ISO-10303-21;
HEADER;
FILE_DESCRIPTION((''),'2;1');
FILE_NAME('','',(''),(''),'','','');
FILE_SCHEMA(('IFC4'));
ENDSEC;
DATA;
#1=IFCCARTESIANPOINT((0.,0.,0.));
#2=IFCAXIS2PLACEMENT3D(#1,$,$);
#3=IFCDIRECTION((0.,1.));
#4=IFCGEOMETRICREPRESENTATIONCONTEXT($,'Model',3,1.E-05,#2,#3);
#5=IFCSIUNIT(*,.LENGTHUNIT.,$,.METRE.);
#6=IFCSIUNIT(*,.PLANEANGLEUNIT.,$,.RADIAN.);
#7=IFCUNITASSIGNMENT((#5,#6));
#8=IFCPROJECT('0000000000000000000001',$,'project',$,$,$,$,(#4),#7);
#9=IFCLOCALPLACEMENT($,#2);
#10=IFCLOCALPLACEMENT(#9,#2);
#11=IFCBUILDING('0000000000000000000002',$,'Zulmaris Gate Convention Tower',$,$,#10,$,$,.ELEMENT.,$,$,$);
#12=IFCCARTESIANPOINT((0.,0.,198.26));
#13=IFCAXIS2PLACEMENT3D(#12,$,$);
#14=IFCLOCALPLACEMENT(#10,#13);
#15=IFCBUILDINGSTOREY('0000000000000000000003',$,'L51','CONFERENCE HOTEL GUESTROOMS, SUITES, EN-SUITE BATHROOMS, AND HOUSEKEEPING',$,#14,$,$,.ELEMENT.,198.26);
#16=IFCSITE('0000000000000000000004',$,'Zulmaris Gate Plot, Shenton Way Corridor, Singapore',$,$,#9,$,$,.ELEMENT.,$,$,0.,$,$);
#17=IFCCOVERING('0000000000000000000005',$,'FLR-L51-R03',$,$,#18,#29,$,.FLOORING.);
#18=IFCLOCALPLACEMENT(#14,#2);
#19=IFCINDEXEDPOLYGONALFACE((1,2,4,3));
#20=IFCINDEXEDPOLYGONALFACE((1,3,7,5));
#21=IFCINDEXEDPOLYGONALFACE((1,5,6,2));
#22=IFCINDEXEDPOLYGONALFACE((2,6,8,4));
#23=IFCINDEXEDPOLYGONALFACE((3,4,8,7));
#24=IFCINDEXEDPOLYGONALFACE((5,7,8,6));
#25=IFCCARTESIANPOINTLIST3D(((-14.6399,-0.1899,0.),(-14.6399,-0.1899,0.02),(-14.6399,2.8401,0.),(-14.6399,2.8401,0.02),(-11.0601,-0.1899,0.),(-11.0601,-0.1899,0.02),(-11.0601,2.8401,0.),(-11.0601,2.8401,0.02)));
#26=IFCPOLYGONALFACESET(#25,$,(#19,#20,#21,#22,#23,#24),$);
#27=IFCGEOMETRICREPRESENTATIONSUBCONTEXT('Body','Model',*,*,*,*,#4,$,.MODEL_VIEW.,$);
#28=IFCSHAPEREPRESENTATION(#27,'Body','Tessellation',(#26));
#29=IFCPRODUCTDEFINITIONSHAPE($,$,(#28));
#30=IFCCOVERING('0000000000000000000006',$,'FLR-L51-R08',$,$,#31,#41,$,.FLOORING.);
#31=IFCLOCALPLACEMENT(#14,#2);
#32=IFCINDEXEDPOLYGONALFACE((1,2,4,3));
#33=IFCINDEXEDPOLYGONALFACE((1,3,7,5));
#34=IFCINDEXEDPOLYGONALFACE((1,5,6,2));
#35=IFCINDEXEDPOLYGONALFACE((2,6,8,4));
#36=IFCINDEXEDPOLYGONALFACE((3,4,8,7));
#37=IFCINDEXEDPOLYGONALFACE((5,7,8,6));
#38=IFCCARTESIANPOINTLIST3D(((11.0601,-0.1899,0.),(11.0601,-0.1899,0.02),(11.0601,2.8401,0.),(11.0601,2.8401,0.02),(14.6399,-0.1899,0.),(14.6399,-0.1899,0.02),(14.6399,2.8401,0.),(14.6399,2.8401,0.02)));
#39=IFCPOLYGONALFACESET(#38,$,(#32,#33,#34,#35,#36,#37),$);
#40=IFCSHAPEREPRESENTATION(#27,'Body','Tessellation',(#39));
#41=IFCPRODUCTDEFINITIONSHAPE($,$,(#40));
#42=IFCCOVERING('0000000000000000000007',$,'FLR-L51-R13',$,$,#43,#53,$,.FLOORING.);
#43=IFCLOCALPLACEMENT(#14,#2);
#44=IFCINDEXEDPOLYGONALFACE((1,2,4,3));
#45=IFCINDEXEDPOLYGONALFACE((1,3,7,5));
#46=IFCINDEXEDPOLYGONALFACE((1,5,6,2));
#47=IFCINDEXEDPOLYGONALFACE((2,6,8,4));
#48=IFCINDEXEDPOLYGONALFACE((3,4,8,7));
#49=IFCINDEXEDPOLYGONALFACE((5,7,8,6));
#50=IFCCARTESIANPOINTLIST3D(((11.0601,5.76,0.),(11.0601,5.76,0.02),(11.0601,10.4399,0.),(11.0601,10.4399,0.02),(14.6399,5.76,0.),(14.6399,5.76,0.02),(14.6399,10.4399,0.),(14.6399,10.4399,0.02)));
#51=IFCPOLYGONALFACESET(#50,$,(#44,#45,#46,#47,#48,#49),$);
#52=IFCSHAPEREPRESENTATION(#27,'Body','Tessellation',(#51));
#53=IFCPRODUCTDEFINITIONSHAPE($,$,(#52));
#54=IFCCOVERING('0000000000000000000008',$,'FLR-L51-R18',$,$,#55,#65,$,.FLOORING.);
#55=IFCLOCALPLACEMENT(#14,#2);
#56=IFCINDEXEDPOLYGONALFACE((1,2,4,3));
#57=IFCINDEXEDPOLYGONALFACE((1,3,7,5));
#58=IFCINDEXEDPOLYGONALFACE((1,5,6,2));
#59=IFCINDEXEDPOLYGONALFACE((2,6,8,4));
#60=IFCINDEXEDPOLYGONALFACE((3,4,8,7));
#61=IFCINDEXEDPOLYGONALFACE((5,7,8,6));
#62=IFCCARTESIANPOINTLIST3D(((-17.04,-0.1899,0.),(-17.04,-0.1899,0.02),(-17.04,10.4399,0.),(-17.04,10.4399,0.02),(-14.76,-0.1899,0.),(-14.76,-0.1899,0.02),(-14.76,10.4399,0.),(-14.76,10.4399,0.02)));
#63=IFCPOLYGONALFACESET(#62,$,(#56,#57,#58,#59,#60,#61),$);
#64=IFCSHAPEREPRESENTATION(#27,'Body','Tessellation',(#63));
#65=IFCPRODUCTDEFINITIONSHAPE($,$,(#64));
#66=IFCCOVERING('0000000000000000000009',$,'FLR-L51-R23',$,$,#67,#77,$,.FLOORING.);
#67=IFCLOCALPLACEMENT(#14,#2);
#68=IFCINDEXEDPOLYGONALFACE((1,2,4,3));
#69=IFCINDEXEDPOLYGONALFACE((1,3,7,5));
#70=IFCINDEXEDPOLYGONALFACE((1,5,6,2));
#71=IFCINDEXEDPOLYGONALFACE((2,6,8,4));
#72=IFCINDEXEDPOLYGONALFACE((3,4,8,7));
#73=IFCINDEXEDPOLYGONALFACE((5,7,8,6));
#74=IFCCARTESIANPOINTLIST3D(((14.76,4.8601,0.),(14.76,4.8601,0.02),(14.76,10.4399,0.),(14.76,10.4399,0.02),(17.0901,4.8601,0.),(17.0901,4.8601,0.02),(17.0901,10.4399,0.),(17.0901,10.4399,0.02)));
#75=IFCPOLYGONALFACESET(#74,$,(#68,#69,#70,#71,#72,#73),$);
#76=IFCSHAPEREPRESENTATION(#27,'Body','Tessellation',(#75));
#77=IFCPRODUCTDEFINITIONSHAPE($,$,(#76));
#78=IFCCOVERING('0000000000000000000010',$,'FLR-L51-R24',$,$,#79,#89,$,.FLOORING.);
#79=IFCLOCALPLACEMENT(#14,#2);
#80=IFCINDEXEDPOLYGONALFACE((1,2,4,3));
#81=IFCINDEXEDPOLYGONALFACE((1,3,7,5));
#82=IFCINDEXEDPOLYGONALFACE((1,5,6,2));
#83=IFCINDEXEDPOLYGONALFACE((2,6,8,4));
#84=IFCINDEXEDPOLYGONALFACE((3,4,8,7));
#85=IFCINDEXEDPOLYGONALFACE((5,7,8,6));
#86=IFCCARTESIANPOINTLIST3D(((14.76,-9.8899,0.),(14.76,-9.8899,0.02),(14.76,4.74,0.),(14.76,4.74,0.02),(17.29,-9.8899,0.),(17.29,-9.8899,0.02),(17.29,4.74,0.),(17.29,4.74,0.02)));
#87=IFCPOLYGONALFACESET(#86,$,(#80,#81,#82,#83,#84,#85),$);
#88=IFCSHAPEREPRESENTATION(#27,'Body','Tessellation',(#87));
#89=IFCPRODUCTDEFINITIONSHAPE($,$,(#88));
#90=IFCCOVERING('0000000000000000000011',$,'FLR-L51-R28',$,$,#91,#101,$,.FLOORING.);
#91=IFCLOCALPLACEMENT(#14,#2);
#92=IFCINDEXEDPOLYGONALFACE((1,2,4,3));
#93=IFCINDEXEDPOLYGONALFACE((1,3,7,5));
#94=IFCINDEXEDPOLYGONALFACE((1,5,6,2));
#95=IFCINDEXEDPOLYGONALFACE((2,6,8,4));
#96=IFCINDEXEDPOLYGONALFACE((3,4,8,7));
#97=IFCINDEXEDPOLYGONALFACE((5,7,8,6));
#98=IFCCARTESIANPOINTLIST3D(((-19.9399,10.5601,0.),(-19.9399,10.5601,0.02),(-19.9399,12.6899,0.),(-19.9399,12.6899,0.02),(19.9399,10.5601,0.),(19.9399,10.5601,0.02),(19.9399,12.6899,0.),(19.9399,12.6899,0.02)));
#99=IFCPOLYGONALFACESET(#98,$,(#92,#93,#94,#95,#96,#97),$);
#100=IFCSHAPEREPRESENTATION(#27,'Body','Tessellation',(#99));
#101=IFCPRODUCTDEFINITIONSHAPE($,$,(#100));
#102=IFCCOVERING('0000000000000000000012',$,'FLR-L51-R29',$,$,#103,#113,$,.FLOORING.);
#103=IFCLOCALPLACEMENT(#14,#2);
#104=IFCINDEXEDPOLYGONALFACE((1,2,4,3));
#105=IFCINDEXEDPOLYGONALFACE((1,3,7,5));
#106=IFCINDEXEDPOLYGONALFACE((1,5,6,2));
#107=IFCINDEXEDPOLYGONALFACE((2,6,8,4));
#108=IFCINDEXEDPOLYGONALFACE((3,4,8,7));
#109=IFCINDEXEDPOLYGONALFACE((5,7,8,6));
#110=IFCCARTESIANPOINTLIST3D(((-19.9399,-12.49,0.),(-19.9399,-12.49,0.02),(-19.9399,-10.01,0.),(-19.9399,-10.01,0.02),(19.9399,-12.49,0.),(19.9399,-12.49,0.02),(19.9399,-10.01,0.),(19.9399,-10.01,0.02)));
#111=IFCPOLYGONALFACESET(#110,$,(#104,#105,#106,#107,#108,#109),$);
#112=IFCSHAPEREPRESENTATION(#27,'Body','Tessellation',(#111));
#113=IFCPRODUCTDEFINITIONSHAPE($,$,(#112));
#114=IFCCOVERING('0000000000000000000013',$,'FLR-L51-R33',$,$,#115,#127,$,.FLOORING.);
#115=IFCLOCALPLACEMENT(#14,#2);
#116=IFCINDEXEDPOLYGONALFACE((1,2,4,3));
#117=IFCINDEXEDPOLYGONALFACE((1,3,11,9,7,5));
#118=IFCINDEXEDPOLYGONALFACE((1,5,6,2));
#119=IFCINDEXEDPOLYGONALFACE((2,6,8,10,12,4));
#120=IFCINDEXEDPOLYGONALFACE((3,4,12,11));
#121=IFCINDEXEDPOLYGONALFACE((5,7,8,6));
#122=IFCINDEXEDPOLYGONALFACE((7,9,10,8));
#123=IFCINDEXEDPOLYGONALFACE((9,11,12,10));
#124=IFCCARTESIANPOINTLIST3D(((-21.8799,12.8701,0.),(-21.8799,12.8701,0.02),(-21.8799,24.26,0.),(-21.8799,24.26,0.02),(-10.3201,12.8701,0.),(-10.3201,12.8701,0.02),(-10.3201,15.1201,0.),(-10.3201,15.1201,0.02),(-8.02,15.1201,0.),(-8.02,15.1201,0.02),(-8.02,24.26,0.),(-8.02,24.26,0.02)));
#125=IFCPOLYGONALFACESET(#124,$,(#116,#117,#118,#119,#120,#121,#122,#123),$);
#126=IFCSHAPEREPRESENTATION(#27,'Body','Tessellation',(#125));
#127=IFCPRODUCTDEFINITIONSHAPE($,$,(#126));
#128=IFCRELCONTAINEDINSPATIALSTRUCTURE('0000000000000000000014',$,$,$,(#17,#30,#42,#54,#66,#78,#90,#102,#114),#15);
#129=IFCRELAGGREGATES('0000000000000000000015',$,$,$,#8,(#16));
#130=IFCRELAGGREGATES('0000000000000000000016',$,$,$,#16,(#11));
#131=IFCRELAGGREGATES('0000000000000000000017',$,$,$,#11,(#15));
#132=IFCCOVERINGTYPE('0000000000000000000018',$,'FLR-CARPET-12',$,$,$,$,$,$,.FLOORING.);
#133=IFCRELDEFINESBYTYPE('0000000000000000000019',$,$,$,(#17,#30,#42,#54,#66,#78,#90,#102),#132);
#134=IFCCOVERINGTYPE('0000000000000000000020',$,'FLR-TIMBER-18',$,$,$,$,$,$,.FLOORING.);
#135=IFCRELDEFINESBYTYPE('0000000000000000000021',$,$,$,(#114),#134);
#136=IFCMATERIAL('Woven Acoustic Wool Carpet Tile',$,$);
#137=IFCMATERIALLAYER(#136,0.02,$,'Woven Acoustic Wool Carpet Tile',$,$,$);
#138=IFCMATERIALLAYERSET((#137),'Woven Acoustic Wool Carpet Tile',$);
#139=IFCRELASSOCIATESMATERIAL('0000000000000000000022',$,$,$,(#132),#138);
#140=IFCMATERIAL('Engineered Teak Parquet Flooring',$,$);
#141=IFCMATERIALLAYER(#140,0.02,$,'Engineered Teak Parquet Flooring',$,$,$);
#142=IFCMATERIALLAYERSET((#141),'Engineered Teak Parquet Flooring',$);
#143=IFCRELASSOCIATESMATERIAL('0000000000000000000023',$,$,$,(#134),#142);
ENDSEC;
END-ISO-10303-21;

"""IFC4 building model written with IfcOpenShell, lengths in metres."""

from ifc_helpers import new_model, si_unit, direction, frame, origin, place, context, subcontext, project, spatial, polyline, outline, extrude, material, layer, layer_set, type_object, element, save


model = new_model("IFC4")

# Units and contexts
model_context = context("Model", 3, precision=1e-05, world=origin(), true_north=direction((0.0, 1.0)))
body_context = subcontext(model_context, "Body", "Model", "MODEL_VIEW")
ifc_project = project(units=[si_unit("LENGTHUNIT", "METRE"), si_unit("PLANEANGLEUNIT", "RADIAN")], contexts=[model_context])

# Site, building, storey
site_placement = place(None, origin())
site = spatial("IfcSite", under=ifc_project, at=site_placement, Name="Zulmaris Gate Plot, Shenton Way Corridor, Singapore", CompositionType="ELEMENT", RefElevation=0.0)
building_placement = place(site_placement, origin())
building = spatial("IfcBuilding", under=site, at=building_placement, Name="Zulmaris Gate Convention Tower", CompositionType="ELEMENT")
storey_placement = place(building_placement, frame((0.0, 0.0, 198.26)))
storey = spatial("IfcBuildingStorey", under=building, at=storey_placement, Name="L51", Description="CONFERENCE HOTEL GUESTROOMS, SUITES, EN-SUITE BATHROOMS, AND HOUSEKEEPING", CompositionType="ELEMENT", Elevation=198.26)

# Coverings
ifc_material_1 = material(Name="Woven Acoustic Wool Carpet Tile")
ifc_layer_1 = layer(ifc_material_1, 0.02, Name="Woven Acoustic Wool Carpet Tile")
ifc_layer_set_1 = layer_set([ifc_layer_1], Name="Woven Acoustic Wool Carpet Tile")
covering_type_1 = type_object("IfcCoveringType", Name="FLR-CARPET-12", PredefinedType="FLOORING", material=ifc_layer_set_1)
covering_1_placement = place(storey_placement, origin())
element("IfcCovering", 1, at=covering_1_placement, inside=storey, type_object=covering_type_1, Name="FLR-L51-R03", PredefinedType="FLOORING", context=body_context, shape_type="SweptSolid", body=[
    extrude(outline(polyline([(-14.6399, -0.1899), (-11.0601, -0.1899), (-11.0601, 2.8401), (-14.6399, 2.8401), (-14.6399, -0.1899)])), origin(), (0.0, 0.0, 1.0), 0.02),
])
covering_2_placement = place(storey_placement, origin())
element("IfcCovering", 2, at=covering_2_placement, inside=storey, type_object=covering_type_1, Name="FLR-L51-R08", PredefinedType="FLOORING", context=body_context, shape_type="SweptSolid", body=[
    extrude(outline(polyline([(11.0601, -0.1899), (14.6399, -0.1899), (14.6399, 2.8401), (11.0601, 2.8401), (11.0601, -0.1899)])), origin(), (0.0, 0.0, 1.0), 0.02),
])
covering_3_placement = place(storey_placement, origin())
element("IfcCovering", 3, at=covering_3_placement, inside=storey, type_object=covering_type_1, Name="FLR-L51-R13", PredefinedType="FLOORING", context=body_context, shape_type="SweptSolid", body=[
    extrude(outline(polyline([(11.0601, 5.76), (14.6399, 5.76), (14.6399, 10.4399), (11.0601, 10.4399), (11.0601, 5.76)])), origin(), (0.0, 0.0, 1.0), 0.02),
])
covering_4_placement = place(storey_placement, origin())
element("IfcCovering", 4, at=covering_4_placement, inside=storey, type_object=covering_type_1, Name="FLR-L51-R18", PredefinedType="FLOORING", context=body_context, shape_type="SweptSolid", body=[
    extrude(outline(polyline([(-17.04, -0.1899), (-14.76, -0.1899), (-14.76, 10.4399), (-17.04, 10.4399), (-17.04, -0.1899)])), origin(), (0.0, 0.0, 1.0), 0.02),
])
covering_5_placement = place(storey_placement, origin())
element("IfcCovering", 5, at=covering_5_placement, inside=storey, type_object=covering_type_1, Name="FLR-L51-R23", PredefinedType="FLOORING", context=body_context, shape_type="SweptSolid", body=[
    extrude(outline(polyline([(14.76, 4.8601), (17.0901, 4.8601), (17.0901, 10.4399), (14.76, 10.4399), (14.76, 4.8601)])), origin(), (0.0, 0.0, 1.0), 0.02),
])
covering_6_placement = place(storey_placement, origin())
element("IfcCovering", 6, at=covering_6_placement, inside=storey, type_object=covering_type_1, Name="FLR-L51-R24", PredefinedType="FLOORING", context=body_context, shape_type="SweptSolid", body=[
    extrude(outline(polyline([(14.76, -9.8899), (17.29, -9.8899), (17.29, 4.74), (14.76, 4.74), (14.76, -9.8899)])), origin(), (0.0, 0.0, 1.0), 0.02),
])
covering_7_placement = place(storey_placement, origin())
element("IfcCovering", 7, at=covering_7_placement, inside=storey, type_object=covering_type_1, Name="FLR-L51-R28", PredefinedType="FLOORING", context=body_context, shape_type="SweptSolid", body=[
    extrude(outline(polyline([(-19.9399, 10.5601), (19.9399, 10.5601), (19.9399, 12.6899), (-19.9399, 12.6899), (-19.9399, 10.5601)])), origin(), (0.0, 0.0, 1.0), 0.02),
])
covering_8_placement = place(storey_placement, origin())
element("IfcCovering", 8, at=covering_8_placement, inside=storey, type_object=covering_type_1, Name="FLR-L51-R29", PredefinedType="FLOORING", context=body_context, shape_type="SweptSolid", body=[
    extrude(outline(polyline([(-19.9399, -12.49), (19.9399, -12.49), (19.9399, -10.01), (-19.9399, -10.01), (-19.9399, -12.49)])), origin(), (0.0, 0.0, 1.0), 0.02),
])
ifc_material_2 = material(Name="Engineered Teak Parquet Flooring")
ifc_layer_2 = layer(ifc_material_2, 0.02, Name="Engineered Teak Parquet Flooring")
ifc_layer_set_2 = layer_set([ifc_layer_2], Name="Engineered Teak Parquet Flooring")
covering_type_2 = type_object("IfcCoveringType", Name="FLR-TIMBER-18", PredefinedType="FLOORING", material=ifc_layer_set_2)
covering_9_placement = place(storey_placement, origin())
element("IfcCovering", 9, at=covering_9_placement, inside=storey, type_object=covering_type_2, Name="FLR-L51-R33", PredefinedType="FLOORING", context=body_context, shape_type="SweptSolid", body=[
    extrude(outline(polyline([(-21.8799, 12.8701), (-10.3201, 12.8701), (-10.3201, 15.1201), (-8.02, 15.1201), (-8.02, 24.26), (-21.8799, 24.26), (-21.8799, 12.8701)])), origin(), (0.0, 0.0, 1.0), 0.02),
])

save(model, "model.ifc")
